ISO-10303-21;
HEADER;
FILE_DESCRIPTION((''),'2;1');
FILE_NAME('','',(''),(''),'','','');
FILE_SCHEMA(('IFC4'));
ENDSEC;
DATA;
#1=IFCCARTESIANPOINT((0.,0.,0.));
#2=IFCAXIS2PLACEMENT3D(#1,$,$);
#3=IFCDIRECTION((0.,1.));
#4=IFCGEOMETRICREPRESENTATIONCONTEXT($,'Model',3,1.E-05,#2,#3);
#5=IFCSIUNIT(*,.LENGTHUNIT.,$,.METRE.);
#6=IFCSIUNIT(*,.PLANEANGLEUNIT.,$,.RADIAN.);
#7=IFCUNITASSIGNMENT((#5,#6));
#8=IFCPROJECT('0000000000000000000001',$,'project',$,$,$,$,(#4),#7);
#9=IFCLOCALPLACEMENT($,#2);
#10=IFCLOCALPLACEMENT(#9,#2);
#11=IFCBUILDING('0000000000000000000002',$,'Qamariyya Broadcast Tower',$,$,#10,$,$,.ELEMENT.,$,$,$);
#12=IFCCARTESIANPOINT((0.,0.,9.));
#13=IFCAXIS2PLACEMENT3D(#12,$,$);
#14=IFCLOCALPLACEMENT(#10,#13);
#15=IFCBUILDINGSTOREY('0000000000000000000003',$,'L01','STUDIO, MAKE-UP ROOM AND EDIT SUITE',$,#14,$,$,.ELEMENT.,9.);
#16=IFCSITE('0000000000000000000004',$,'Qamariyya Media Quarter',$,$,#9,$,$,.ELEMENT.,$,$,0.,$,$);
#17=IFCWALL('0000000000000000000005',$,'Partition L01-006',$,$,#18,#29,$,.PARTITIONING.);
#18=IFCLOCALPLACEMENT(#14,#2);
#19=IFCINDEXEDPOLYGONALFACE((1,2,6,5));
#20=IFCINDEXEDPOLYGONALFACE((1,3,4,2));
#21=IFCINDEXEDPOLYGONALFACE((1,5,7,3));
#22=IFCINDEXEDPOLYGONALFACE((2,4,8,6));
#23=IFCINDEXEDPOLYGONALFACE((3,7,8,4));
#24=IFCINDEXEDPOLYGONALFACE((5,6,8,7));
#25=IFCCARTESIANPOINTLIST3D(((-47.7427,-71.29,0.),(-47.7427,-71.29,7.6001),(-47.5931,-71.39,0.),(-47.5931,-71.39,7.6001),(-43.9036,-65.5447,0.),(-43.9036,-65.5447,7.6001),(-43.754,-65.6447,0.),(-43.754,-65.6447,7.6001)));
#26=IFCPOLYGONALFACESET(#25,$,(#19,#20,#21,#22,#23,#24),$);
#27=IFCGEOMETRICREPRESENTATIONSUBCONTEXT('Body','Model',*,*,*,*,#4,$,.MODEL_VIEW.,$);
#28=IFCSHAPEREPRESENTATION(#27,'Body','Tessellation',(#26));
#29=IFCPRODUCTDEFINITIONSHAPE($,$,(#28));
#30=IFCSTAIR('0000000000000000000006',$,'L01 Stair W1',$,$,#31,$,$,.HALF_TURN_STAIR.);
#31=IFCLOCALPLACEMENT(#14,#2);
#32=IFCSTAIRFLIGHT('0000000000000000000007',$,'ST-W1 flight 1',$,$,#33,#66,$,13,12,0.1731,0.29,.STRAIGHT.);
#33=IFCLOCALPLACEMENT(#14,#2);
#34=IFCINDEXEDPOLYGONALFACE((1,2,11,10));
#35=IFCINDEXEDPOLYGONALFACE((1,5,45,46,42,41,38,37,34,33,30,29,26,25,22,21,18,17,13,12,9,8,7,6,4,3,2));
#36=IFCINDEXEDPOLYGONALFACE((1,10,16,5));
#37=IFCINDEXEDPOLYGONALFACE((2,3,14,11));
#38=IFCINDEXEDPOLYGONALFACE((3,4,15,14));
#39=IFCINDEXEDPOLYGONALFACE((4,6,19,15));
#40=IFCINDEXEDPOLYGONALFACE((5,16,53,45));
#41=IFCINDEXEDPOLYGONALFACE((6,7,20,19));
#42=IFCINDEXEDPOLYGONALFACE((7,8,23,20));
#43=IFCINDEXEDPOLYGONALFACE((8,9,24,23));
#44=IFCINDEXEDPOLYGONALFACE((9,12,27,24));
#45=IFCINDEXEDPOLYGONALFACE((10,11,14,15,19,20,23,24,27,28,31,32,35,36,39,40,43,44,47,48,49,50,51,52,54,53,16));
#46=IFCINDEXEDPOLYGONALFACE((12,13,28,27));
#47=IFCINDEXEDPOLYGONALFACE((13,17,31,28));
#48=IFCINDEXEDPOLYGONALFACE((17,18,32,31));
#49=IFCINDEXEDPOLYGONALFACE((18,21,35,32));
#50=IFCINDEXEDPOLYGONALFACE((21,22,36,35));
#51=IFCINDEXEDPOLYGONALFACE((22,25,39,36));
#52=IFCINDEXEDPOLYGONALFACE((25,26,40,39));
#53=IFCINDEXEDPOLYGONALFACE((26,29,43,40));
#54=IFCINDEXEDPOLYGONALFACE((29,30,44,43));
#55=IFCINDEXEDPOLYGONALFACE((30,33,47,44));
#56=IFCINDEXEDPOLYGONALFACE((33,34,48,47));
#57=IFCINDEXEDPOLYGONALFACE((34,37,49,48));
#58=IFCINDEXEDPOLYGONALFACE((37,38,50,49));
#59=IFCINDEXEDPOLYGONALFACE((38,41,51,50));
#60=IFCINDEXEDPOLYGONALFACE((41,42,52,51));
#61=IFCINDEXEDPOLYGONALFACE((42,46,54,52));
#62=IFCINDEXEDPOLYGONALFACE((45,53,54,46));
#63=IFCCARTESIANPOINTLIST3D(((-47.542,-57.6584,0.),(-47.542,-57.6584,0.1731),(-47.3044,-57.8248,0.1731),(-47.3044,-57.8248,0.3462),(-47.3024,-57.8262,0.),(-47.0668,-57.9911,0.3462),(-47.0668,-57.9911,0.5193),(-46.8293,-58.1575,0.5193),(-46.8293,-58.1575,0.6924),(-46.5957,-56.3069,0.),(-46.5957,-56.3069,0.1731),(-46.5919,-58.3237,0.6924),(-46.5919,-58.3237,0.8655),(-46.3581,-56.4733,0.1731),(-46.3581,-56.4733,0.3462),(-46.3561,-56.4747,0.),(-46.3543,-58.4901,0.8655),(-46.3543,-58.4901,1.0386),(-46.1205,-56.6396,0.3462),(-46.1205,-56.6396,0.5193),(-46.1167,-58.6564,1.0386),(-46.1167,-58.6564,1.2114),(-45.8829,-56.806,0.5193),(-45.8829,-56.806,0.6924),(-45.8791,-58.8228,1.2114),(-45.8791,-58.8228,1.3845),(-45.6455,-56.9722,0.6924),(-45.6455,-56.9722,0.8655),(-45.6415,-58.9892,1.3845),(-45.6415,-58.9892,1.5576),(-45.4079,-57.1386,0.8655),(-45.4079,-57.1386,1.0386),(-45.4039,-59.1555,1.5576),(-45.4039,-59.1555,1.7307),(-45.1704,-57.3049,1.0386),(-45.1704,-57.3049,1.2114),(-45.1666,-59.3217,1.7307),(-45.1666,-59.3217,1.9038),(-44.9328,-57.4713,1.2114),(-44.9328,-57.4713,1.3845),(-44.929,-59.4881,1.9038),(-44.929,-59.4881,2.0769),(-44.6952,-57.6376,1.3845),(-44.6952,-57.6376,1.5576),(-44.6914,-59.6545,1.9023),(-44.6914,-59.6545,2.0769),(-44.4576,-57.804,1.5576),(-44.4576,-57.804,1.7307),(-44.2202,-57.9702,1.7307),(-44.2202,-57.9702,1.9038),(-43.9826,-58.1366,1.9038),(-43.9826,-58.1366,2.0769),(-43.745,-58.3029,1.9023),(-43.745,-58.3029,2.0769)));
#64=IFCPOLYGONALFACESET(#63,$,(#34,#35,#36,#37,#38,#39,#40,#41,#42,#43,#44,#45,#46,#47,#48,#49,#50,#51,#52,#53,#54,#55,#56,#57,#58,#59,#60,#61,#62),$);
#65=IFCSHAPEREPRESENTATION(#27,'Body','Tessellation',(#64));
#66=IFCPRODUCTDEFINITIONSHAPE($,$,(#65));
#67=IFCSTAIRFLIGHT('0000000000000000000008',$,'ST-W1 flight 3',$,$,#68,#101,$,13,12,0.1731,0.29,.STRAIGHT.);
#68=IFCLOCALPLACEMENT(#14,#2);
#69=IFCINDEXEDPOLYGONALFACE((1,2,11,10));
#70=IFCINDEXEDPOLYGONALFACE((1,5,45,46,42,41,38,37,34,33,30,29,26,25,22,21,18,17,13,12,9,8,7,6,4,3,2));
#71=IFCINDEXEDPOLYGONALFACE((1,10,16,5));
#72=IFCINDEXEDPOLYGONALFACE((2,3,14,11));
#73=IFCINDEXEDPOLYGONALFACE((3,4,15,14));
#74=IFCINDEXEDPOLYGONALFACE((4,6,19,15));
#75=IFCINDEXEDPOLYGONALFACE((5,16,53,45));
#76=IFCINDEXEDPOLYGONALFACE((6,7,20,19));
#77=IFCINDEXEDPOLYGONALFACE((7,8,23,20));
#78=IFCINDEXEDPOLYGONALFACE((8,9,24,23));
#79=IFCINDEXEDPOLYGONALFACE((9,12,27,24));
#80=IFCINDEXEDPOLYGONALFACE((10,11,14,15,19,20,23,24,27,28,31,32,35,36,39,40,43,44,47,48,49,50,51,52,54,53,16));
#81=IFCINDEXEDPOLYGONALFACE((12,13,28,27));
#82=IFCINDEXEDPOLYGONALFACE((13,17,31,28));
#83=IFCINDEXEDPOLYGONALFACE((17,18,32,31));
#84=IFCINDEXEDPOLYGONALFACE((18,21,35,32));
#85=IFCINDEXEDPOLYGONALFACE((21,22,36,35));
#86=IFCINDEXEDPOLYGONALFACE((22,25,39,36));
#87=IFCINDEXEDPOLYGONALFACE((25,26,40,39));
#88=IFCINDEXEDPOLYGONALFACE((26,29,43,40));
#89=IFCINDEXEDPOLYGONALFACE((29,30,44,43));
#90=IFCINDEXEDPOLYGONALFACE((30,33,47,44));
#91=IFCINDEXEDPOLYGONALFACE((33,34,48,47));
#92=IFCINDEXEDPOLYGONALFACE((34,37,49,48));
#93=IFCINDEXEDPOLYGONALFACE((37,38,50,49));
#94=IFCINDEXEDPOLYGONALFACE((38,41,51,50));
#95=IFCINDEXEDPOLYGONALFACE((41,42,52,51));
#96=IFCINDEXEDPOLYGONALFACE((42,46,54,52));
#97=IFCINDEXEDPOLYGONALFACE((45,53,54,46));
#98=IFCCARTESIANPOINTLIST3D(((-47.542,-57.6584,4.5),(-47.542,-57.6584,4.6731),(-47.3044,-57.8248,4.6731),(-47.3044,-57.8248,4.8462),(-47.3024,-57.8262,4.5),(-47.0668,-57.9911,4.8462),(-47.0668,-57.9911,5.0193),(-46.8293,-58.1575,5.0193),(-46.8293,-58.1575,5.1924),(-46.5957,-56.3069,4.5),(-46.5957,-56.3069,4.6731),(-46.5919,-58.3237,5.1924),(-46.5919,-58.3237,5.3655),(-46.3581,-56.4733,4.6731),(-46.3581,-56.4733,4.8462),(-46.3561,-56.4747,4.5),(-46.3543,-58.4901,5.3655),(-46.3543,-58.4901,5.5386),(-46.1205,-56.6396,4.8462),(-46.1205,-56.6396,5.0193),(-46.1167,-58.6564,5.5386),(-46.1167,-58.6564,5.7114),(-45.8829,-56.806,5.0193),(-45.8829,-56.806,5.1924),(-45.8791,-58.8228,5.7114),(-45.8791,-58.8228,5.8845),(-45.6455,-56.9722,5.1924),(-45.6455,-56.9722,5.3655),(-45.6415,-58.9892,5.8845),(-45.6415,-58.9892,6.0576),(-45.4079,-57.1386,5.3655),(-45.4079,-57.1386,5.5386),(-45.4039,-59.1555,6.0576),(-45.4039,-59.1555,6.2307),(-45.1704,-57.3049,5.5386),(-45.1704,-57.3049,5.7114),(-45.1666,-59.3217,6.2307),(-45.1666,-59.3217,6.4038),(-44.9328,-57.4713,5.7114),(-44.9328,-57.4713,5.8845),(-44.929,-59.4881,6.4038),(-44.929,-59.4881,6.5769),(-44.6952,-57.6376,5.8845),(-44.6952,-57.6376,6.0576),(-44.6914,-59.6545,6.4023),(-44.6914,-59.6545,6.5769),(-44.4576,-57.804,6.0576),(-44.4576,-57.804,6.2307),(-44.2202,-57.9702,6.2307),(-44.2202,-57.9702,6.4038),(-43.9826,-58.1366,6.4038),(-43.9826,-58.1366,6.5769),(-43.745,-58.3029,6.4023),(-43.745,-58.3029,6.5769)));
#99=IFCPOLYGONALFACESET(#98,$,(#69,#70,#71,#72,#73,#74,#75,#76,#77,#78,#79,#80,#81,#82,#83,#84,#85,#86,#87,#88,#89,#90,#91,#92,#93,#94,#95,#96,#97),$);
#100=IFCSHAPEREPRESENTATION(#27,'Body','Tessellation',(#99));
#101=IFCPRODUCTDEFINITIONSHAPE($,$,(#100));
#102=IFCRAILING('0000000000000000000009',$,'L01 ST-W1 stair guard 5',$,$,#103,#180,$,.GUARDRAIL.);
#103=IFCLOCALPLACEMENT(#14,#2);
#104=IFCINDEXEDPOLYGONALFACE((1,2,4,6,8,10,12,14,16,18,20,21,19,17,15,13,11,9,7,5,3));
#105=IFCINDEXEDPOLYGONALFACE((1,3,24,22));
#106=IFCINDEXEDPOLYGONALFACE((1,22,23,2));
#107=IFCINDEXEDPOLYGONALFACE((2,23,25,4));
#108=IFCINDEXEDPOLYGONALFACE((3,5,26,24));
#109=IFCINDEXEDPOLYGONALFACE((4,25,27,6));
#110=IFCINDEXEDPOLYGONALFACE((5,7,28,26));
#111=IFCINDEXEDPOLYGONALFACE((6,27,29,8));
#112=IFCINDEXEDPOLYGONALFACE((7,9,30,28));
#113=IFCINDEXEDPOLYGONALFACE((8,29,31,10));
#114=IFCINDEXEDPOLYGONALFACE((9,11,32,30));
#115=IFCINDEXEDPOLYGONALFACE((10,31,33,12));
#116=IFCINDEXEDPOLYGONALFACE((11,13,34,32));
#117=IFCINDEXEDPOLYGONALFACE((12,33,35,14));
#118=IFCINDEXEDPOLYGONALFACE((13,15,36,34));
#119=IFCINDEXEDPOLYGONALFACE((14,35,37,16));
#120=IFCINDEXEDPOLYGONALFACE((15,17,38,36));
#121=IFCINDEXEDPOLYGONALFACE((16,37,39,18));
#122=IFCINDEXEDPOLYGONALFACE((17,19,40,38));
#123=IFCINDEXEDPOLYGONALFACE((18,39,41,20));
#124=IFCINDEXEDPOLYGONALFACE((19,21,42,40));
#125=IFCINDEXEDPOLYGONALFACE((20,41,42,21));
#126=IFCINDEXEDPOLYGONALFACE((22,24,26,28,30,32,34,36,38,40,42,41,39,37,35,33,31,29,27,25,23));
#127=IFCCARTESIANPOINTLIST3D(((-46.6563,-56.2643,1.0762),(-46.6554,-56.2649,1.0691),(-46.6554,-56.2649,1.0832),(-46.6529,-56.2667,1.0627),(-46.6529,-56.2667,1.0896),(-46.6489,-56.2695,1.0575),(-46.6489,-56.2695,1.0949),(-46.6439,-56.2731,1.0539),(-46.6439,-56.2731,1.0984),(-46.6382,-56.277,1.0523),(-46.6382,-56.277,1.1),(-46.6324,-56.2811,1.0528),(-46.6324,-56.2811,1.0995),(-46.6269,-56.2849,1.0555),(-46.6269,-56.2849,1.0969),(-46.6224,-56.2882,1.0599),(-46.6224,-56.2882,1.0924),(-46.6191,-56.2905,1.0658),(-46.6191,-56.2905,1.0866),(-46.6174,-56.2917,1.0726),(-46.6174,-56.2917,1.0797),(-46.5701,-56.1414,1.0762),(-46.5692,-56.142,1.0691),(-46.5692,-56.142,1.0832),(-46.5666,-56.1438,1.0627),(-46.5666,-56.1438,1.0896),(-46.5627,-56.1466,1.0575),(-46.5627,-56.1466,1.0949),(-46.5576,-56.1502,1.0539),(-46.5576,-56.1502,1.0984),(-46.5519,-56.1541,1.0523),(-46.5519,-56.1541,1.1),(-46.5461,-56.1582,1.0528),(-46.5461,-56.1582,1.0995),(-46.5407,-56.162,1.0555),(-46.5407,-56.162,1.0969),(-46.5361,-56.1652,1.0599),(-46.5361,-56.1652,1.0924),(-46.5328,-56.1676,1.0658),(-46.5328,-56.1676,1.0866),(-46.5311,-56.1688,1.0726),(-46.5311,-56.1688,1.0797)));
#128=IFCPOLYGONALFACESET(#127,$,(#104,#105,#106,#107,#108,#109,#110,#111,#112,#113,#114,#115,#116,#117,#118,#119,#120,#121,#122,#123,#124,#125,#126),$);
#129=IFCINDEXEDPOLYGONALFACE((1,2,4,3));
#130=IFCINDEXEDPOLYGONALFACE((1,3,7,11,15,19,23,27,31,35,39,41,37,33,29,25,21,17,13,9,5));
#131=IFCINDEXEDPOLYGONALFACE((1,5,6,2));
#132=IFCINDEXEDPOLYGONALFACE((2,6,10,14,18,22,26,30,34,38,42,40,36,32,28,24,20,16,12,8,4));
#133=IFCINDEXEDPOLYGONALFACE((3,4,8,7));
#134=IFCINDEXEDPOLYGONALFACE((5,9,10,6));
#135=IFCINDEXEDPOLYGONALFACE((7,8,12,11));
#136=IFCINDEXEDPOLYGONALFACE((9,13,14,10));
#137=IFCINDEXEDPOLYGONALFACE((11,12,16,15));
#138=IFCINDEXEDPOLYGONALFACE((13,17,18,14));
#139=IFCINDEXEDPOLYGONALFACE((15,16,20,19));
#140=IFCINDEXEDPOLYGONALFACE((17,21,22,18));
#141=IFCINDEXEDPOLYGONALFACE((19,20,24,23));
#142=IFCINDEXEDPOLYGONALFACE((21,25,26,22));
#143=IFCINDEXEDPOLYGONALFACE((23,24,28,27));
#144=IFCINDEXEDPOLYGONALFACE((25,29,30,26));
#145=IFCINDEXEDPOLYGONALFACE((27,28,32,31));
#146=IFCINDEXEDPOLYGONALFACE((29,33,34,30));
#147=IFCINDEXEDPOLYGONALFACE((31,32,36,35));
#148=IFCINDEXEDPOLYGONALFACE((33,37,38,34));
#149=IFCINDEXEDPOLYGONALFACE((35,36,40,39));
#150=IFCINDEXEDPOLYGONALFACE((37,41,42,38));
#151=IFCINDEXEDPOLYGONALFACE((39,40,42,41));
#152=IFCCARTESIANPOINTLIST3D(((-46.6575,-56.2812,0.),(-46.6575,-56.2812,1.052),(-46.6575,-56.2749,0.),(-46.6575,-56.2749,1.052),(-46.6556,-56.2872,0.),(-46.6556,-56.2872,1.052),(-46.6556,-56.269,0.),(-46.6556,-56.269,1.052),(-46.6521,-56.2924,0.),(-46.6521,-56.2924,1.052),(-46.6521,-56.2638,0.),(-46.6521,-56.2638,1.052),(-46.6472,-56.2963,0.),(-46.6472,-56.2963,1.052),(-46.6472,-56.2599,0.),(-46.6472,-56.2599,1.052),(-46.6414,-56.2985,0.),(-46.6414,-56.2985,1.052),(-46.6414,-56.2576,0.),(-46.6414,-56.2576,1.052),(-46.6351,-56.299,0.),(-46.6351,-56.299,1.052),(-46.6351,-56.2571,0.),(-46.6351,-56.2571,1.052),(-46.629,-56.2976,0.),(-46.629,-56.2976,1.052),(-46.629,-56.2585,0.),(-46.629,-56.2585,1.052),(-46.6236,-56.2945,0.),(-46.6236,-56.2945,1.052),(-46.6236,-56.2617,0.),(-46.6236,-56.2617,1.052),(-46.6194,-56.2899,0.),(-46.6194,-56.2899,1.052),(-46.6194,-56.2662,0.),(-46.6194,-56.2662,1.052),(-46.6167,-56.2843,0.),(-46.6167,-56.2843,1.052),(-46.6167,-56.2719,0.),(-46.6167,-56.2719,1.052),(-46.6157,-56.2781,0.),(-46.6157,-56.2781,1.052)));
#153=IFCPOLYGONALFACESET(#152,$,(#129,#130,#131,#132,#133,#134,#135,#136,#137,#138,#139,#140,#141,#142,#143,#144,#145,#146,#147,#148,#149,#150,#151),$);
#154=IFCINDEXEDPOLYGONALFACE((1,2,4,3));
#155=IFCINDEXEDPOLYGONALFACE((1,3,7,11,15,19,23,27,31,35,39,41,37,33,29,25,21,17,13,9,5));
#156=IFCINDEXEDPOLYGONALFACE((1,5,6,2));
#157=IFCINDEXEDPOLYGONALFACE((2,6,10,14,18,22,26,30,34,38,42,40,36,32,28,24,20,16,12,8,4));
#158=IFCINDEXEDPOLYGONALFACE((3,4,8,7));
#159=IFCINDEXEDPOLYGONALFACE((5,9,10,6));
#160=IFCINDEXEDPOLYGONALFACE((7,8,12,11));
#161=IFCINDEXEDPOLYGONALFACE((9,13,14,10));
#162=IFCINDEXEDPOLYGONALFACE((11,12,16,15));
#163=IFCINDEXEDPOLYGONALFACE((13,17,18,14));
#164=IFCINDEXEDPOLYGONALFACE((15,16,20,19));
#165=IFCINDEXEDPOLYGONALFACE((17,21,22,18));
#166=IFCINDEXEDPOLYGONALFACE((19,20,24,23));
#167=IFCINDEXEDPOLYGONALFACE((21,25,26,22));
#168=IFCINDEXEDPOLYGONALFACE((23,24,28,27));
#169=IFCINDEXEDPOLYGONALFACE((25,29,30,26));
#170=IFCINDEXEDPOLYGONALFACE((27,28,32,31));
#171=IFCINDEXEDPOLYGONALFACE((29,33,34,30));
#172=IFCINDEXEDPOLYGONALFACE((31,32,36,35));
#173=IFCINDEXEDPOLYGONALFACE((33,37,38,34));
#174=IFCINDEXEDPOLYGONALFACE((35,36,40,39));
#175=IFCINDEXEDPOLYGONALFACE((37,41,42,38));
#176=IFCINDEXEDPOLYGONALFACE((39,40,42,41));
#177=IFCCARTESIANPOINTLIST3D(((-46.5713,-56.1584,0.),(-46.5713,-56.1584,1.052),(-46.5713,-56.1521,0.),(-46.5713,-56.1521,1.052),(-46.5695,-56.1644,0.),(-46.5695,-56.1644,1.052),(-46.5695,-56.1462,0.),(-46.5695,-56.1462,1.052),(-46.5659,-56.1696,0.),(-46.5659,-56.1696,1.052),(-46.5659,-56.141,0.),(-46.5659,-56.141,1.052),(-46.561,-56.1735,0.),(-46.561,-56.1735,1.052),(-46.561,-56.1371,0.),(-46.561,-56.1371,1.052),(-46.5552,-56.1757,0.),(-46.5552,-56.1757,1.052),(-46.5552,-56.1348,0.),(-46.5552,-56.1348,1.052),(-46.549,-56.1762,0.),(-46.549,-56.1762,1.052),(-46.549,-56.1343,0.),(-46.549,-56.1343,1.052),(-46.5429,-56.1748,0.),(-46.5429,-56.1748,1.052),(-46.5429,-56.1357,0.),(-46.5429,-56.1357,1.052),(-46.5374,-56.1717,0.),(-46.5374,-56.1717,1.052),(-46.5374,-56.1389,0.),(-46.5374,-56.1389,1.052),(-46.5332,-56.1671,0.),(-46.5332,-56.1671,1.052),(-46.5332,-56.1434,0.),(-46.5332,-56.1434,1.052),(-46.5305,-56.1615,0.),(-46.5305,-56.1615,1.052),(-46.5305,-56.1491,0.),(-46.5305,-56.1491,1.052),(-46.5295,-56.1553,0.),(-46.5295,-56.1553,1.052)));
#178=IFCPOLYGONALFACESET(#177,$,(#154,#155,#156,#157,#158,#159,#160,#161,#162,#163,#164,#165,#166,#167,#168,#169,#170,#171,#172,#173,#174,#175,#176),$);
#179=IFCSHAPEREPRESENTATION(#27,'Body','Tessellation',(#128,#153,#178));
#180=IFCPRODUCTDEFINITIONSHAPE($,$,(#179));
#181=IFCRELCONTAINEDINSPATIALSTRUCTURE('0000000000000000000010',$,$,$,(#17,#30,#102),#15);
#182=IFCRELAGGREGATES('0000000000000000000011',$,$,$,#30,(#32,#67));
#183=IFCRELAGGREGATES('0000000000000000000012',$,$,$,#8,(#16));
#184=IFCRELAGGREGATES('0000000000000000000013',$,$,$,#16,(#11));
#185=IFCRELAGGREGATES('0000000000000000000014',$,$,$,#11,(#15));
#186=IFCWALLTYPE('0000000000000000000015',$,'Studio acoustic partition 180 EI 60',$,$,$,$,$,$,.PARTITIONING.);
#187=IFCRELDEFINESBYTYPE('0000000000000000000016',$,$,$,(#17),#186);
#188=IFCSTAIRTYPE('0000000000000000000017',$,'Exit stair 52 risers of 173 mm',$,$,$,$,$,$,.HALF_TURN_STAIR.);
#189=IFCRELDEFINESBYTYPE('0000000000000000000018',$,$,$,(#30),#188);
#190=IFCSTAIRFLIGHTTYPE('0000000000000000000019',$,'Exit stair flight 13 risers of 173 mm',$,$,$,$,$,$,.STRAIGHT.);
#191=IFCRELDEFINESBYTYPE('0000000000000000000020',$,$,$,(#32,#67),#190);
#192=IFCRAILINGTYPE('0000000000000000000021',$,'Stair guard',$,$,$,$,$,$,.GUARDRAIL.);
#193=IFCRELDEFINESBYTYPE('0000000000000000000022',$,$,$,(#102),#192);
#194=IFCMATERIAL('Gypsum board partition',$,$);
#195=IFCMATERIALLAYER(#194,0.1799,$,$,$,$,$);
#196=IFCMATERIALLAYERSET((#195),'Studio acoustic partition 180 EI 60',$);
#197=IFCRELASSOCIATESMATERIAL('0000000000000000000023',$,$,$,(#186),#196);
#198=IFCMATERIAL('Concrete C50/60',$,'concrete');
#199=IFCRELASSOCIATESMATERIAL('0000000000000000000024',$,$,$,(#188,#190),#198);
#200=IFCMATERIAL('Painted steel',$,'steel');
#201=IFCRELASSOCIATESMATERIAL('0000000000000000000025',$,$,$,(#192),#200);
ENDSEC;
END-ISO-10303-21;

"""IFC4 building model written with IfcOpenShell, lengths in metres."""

from ifc_helpers import new_model, si_unit, direction, frame, frame_2d, origin, origin_2d, place, context, subcontext, project, spatial, polyline, rectangle, circle, outline, extrude, material, layer, layer_set, type_object, element, aggregate, save


model = new_model("IFC4")

# Units and contexts
model_context = context("Model", 3, precision=1e-05, world=origin(), true_north=direction((0.0, 1.0)))
body_context = subcontext(model_context, "Body", "Model", "MODEL_VIEW")
ifc_project = project(units=[si_unit("LENGTHUNIT", "METRE"), si_unit("PLANEANGLEUNIT", "RADIAN")], contexts=[model_context])

# Site, building, storey
site_placement = place(None, origin())
site = spatial("IfcSite", under=ifc_project, at=site_placement, Name="Qamariyya Media Quarter", CompositionType="ELEMENT", RefElevation=0.0)
building_placement = place(site_placement, origin())
building = spatial("IfcBuilding", under=site, at=building_placement, Name="Qamariyya Broadcast Tower", CompositionType="ELEMENT")
storey_placement = place(building_placement, frame((0.0, 0.0, 9.0)))
storey = spatial("IfcBuildingStorey", under=building, at=storey_placement, Name="L01", Description="STUDIO, MAKE-UP ROOM AND EDIT SUITE", CompositionType="ELEMENT", Elevation=9.0)

# Shared definitions
ifc_material_1 = material(Name="Concrete C50/60", Category="concrete")

# Shared definitions
ifc_material_2 = material(Name="Gypsum board partition")

# Shared definitions
ifc_layer_1 = layer(ifc_material_2, 0.1799)
ifc_layer_set_1 = layer_set([ifc_layer_1], Name="Studio acoustic partition 180 EI 60")
wall_type_1 = type_object("IfcWallType", Name="Studio acoustic partition 180 EI 60", PredefinedType="PARTITIONING", material=ifc_layer_set_1)

# Wall
wall_1_placement = place(storey_placement, frame((-47.668, -71.3401, 0.0), z_axis=(0.0, 0.0, 1.0), x_axis=(0.555589, 0.831457, 0.0)))
element("IfcWall", 1, at=wall_1_placement, inside=storey, type_object=wall_type_1, Name="Partition L01-006", PredefinedType="PARTITIONING", context=body_context, shape_type="SweptSolid", body=[
    extrude(rectangle(XDim=6.9099, YDim=0.1799, at=frame_2d((3.4551, 0.0))), origin(), (0.0, 0.0, 1.0), 7.6001),
])

# Stair, stair flights
stair_type = type_object("IfcStairType", Name="Exit stair 52 risers of 173 mm", PredefinedType="HALF_TURN_STAIR", material=ifc_material_1)
stair_placement = place(storey_placement, origin())
stair = element("IfcStair", 2, at=stair_placement, inside=storey, type_object=stair_type, Name="L01 Stair W1", PredefinedType="HALF_TURN_STAIR")
stair_flight_type = type_object("IfcStairFlightType", Name="Exit stair flight 13 risers of 173 mm", PredefinedType="STRAIGHT", material=ifc_material_1)
stair_flight_1_placement = place(storey_placement, frame((-47.0688, -56.9827, 0.0), z_axis=(0.0, 0.0, 1.0), x_axis=(0.819152, -0.573576, 0.0)))
stair_flight_1 = element("IfcStairFlight", 3, at=stair_flight_1_placement, type_object=stair_flight_type, Name="ST-W1 flight 1", NumberOfRisers=13, NumberOfTreads=12, PredefinedType="STRAIGHT", RiserHeight=0.1731, TreadLength=0.29, context=body_context, shape_type="SweptSolid", body=[
    extrude(outline(polyline([(0.0, 0.0), (0.0, 0.1731), (0.29, 0.1731), (0.29, 0.3462), (0.5801, 0.3462), (0.5801, 0.5193), (0.8701, 0.5193), (0.8701, 0.6924), (1.1599, 0.6924), (1.1599, 0.8655), (1.45, 0.8655), (1.45, 1.0386), (1.74, 1.0386), (1.74, 1.2114), (2.03, 1.2114), (2.03, 1.3845), (2.3201, 1.3845), (2.3201, 1.5576), (2.6101, 1.5576), (2.6101, 1.7307), (2.8999, 1.7307), (2.8999, 1.9038), (3.1899, 1.9038), (3.1899, 2.0769), (3.48, 2.0769), (3.48, 2.25), (3.48, 1.9023), (0.2925, 0.0), (0.0, 0.0)])), frame((0.0, 0.825, 0.0), z_axis=(0.0, -1.0, 0.0), x_axis=(1.0, 0.0, 0.0)), (0.0, 0.0, 1.0), 1.6499),
])
stair_flight_2_placement = place(storey_placement, frame((-47.0688, -56.9827, 4.5), z_axis=(0.0, 0.0, 1.0), x_axis=(0.819152, -0.573576, 0.0)))
stair_flight_2 = element("IfcStairFlight", 4, at=stair_flight_2_placement, type_object=stair_flight_type, Name="ST-W1 flight 3", NumberOfRisers=13, NumberOfTreads=12, PredefinedType="STRAIGHT", RiserHeight=0.1731, TreadLength=0.29, context=body_context, shape_type="SweptSolid", body=[
    extrude(outline(polyline([(0.0, 0.0), (0.0, 0.1731), (0.29, 0.1731), (0.29, 0.3462), (0.5801, 0.3462), (0.5801, 0.5193), (0.8701, 0.5193), (0.8701, 0.6924), (1.1599, 0.6924), (1.1599, 0.8655), (1.45, 0.8655), (1.45, 1.0386), (1.74, 1.0386), (1.74, 1.2114), (2.03, 1.2114), (2.03, 1.3845), (2.3201, 1.3845), (2.3201, 1.5576), (2.6101, 1.5576), (2.6101, 1.7307), (2.8999, 1.7307), (2.8999, 1.9038), (3.1899, 1.9038), (3.1899, 2.0769), (3.48, 2.0769), (3.48, 2.25), (3.48, 1.9023), (0.2925, 0.0), (0.0, 0.0)])), frame((0.0, 0.825, 0.0), z_axis=(0.0, -1.0, 0.0), x_axis=(1.0, 0.0, 0.0)), (0.0, 0.0, 1.0), 1.6499),
])
aggregate(stair, [stair_flight_1, stair_flight_2])

# Railing
ifc_material_3 = material(Name="Painted steel", Category="steel")
railing_type_1 = type_object("IfcRailingType", Name="Stair guard", PredefinedType="GUARDRAIL", material=ifc_material_3)
railing_placement = place(storey_placement, frame((-46.6367, -56.2781, 0.0)))
element("IfcRailing", 5, at=railing_placement, inside=storey, type_object=railing_type_1, Name="L01 ST-W1 stair guard 5", PredefinedType="GUARDRAIL", context=body_context, shape_type="SweptSolid", body=[
    extrude(circle(Radius=0.0239, at=origin_2d()), frame((0.0, 0.0, 1.0762), z_axis=(0.574445, 0.818543, 0.0), x_axis=(-0.818543, 0.574445, 0.0)), (0.0, 0.0, 1.0), 0.1501),
    extrude(circle(Radius=0.021, at=origin_2d()), origin(), (0.0, 0.0, 1.0), 1.052),
    extrude(circle(Radius=0.021, at=origin_2d()), frame((0.0862, 0.1228, 0.0)), (0.0, 0.0, 1.0), 1.052),
])

save(model, "model.ifc")
